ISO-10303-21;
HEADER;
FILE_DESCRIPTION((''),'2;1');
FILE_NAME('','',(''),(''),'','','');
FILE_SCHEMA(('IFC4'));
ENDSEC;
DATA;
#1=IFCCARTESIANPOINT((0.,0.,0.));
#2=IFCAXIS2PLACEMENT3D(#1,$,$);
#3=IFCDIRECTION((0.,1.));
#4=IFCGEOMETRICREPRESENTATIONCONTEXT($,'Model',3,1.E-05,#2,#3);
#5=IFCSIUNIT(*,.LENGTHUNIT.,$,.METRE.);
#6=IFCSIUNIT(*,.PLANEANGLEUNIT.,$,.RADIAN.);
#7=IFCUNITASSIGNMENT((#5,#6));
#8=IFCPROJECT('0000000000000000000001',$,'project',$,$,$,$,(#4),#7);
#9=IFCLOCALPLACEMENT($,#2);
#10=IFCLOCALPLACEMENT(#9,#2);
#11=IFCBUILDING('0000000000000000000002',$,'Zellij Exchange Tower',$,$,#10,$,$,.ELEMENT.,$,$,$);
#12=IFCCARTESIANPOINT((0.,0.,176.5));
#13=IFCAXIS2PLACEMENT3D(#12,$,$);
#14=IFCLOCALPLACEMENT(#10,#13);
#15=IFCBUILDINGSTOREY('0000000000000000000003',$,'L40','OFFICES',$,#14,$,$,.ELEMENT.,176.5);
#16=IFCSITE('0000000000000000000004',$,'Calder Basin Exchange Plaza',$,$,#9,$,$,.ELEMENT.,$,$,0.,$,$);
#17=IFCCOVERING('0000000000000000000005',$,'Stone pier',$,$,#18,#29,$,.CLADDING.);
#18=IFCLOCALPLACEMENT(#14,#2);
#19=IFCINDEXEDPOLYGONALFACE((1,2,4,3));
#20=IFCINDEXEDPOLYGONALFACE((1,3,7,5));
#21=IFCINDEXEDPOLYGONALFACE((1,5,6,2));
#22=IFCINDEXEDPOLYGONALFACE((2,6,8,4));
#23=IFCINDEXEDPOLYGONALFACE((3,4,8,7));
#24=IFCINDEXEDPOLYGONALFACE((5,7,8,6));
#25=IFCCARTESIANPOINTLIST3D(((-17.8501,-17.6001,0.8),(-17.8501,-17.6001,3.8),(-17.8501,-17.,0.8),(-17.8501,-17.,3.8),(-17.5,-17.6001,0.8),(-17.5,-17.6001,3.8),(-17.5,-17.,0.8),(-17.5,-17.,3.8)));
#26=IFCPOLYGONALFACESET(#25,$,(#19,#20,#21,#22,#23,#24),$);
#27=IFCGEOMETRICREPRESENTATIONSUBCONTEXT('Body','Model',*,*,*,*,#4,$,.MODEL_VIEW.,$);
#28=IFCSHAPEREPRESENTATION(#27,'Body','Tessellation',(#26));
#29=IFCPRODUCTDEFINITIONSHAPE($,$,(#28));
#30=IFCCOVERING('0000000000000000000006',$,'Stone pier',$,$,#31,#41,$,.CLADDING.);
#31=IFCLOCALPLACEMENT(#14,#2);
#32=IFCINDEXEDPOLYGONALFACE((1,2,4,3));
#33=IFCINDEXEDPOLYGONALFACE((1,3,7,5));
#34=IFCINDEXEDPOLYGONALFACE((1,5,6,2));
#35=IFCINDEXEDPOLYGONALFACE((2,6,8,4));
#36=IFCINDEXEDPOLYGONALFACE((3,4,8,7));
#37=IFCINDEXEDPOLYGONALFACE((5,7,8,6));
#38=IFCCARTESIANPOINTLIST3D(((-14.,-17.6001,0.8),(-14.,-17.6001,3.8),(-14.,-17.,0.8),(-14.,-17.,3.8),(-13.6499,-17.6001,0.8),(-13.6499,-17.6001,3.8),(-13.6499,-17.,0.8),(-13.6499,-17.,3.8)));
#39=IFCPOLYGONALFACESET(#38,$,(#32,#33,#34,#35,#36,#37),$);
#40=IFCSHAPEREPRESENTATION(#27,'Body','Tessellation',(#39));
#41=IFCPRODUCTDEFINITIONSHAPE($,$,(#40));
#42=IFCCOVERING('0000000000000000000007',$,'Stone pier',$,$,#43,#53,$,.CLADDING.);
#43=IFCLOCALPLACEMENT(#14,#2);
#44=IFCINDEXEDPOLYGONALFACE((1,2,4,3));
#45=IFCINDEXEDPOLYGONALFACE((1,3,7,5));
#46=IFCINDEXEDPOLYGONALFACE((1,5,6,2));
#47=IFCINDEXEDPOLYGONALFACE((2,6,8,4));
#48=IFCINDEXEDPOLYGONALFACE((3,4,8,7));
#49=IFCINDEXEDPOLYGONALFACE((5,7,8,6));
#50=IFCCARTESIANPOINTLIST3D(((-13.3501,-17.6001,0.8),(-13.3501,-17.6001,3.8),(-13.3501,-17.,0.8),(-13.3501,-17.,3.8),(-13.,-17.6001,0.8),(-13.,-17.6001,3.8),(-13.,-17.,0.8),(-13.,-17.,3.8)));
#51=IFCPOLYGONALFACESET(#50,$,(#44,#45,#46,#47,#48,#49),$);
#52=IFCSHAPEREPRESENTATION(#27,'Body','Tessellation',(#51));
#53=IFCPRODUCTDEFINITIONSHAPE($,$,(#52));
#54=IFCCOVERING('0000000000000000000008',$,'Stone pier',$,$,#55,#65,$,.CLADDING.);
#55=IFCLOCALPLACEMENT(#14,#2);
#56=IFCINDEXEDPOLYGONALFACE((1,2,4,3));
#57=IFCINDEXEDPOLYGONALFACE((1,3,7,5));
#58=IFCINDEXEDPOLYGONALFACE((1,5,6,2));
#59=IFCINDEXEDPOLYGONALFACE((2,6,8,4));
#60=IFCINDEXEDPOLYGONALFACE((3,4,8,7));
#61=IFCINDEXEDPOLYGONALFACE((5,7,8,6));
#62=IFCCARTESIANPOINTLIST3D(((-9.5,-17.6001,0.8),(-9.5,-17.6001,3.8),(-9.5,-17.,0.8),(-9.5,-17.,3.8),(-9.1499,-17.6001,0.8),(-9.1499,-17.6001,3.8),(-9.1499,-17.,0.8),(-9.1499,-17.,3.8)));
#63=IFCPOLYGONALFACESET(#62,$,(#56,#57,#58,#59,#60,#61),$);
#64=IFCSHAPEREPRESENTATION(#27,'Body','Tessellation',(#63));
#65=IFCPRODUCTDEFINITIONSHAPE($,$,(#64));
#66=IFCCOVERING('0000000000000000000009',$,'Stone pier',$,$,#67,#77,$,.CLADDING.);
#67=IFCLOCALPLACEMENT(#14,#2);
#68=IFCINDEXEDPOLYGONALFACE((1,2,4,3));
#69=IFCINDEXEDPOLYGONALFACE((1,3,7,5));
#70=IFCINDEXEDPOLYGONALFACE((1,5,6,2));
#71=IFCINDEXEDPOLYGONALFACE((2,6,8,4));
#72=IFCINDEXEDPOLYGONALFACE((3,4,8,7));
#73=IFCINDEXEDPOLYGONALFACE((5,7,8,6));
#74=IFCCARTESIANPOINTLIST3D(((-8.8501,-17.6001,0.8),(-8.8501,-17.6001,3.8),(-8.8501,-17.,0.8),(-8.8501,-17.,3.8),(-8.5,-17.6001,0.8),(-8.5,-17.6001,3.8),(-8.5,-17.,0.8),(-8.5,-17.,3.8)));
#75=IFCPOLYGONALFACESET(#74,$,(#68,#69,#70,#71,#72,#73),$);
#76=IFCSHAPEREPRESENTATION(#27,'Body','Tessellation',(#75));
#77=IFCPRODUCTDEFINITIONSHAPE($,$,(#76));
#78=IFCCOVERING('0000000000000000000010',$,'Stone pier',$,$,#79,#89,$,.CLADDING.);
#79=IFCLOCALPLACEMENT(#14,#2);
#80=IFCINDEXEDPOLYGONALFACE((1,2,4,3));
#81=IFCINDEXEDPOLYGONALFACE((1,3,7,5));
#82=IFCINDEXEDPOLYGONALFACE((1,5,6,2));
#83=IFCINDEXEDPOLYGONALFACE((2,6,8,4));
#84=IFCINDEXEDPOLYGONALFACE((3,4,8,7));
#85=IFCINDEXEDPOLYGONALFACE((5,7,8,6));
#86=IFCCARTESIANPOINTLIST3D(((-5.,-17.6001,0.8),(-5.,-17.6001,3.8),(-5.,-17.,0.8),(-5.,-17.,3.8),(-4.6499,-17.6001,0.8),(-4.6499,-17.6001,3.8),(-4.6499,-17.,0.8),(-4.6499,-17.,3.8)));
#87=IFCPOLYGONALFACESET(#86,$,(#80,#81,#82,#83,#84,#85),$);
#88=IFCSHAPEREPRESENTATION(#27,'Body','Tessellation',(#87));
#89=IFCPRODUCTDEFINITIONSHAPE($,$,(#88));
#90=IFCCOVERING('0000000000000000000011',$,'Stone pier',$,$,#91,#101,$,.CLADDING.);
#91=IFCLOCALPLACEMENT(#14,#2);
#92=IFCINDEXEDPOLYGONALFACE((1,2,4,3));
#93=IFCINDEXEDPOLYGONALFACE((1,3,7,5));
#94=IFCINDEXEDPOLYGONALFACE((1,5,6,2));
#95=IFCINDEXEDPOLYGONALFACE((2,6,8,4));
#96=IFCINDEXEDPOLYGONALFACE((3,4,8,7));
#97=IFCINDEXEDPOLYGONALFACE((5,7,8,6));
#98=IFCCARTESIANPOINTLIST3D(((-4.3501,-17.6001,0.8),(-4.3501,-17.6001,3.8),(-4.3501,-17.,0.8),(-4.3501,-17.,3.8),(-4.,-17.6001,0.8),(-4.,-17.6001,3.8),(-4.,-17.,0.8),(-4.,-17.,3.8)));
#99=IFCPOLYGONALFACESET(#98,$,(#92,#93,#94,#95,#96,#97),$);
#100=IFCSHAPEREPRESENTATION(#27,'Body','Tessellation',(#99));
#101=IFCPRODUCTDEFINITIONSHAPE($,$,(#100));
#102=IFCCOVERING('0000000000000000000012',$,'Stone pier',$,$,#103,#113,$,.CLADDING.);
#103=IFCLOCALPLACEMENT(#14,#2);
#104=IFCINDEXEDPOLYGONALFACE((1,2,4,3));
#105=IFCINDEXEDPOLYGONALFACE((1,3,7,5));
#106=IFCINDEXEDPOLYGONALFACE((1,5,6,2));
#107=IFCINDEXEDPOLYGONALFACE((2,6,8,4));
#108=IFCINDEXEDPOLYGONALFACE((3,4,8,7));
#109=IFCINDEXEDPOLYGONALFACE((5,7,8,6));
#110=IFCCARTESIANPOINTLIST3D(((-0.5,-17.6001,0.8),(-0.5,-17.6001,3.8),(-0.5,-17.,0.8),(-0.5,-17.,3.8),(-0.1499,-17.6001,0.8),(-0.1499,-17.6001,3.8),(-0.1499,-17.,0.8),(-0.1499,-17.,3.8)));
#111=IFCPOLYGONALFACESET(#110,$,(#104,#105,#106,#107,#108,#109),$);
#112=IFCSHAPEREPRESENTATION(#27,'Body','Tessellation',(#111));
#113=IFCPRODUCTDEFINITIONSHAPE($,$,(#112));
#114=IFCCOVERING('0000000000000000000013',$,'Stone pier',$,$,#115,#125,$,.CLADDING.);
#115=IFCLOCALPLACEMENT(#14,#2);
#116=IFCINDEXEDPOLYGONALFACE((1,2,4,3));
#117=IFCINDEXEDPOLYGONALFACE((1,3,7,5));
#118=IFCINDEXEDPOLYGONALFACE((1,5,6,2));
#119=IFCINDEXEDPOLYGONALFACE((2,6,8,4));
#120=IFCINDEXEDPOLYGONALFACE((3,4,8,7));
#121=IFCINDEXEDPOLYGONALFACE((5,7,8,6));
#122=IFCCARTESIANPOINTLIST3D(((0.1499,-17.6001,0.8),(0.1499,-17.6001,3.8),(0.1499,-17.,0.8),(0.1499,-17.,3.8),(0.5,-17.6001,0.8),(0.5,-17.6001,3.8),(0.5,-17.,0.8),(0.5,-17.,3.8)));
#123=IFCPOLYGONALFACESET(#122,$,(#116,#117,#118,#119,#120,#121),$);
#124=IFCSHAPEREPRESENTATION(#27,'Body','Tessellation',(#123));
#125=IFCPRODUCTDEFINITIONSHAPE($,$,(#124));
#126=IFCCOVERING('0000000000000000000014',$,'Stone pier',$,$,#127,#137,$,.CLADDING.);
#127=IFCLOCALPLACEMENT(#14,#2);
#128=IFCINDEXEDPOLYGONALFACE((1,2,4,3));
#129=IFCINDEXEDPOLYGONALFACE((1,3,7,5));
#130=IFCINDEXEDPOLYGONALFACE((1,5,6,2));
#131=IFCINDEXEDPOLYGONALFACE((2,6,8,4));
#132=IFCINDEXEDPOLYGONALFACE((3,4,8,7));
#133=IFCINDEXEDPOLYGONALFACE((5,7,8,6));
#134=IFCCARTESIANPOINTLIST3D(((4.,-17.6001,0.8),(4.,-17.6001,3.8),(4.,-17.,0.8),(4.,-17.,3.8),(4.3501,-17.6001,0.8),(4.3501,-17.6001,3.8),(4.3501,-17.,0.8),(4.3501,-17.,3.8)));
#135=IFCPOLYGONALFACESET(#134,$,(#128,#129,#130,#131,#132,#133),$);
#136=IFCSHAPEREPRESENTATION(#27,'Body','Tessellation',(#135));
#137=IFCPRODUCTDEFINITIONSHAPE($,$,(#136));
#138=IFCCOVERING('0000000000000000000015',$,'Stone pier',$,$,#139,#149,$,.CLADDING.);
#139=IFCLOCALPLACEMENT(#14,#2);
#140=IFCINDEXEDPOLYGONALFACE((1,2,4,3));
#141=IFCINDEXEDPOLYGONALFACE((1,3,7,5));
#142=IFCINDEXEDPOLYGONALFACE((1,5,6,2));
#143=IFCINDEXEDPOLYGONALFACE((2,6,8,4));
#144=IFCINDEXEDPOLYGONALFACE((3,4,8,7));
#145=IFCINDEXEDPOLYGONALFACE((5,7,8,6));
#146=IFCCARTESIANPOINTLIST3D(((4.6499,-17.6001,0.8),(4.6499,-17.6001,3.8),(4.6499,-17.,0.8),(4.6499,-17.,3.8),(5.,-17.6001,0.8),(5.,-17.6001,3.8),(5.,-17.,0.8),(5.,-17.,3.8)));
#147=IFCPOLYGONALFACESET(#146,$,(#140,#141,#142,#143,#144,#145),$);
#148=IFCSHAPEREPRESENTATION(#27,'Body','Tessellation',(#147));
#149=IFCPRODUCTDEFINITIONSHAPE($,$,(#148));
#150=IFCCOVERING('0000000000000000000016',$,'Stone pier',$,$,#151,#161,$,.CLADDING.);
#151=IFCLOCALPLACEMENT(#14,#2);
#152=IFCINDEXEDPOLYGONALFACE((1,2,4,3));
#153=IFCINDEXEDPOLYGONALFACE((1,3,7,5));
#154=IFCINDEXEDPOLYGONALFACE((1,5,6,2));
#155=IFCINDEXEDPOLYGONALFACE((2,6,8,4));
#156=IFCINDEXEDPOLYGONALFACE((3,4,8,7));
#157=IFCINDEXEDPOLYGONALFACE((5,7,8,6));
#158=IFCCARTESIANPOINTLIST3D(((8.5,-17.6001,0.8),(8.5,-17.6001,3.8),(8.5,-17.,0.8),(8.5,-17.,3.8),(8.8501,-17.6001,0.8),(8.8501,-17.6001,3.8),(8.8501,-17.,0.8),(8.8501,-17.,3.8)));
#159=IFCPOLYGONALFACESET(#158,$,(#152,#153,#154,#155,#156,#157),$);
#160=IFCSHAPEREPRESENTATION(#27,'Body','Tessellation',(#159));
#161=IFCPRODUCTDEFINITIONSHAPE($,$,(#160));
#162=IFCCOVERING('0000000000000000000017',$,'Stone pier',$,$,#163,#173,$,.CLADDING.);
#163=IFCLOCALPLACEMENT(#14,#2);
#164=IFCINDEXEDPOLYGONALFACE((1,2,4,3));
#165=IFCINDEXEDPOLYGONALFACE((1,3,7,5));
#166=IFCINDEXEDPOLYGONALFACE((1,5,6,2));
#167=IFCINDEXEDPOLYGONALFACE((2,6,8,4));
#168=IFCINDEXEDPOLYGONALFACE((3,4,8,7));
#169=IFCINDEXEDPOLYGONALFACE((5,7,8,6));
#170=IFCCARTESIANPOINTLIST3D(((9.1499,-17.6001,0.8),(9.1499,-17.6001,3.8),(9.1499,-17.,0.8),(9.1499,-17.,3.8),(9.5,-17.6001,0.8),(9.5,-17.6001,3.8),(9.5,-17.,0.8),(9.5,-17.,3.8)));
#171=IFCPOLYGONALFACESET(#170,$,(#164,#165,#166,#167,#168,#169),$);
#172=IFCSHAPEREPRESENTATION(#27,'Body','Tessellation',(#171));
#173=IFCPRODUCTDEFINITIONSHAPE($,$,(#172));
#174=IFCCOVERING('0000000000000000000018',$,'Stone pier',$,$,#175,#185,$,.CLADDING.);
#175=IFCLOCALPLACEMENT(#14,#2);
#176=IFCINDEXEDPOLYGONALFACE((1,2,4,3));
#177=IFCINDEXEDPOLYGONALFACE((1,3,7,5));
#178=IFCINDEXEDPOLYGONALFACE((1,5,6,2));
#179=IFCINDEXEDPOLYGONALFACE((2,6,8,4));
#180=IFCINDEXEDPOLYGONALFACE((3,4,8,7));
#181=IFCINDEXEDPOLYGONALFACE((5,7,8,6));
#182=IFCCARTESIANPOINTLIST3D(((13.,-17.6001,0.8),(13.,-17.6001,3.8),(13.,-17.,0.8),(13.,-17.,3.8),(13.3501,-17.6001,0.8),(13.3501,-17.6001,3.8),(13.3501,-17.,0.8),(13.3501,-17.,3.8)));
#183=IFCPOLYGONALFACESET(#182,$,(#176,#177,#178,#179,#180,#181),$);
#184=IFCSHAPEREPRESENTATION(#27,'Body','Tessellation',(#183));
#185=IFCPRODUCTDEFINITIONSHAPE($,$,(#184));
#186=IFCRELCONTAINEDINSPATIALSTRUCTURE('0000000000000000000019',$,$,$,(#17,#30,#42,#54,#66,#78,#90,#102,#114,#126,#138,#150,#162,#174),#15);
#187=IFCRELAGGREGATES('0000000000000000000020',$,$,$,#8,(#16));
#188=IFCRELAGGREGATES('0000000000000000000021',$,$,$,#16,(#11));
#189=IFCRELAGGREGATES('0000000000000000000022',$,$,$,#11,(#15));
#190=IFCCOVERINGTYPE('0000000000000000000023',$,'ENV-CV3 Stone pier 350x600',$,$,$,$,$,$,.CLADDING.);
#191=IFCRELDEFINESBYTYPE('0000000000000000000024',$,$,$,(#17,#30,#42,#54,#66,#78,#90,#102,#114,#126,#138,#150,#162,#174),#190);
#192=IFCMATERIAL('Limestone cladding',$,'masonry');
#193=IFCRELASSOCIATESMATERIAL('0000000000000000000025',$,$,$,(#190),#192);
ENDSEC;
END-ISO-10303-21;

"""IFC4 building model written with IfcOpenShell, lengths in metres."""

from ifc_helpers import new_model, si_unit, direction, frame, origin, place, context, subcontext, project, spatial, polyline, outline, extrude, material, type_object, element, save


model = new_model("IFC4")

# Units and contexts
model_context = context("Model", 3, precision=1e-05, world=origin(), true_north=direction((0.0, 1.0)))
body_context = subcontext(model_context, "Body", "Model", "MODEL_VIEW")
ifc_project = project(units=[si_unit("LENGTHUNIT", "METRE"), si_unit("PLANEANGLEUNIT", "RADIAN")], contexts=[model_context])

# Site, building, storey
site_placement = place(None, origin())
site = spatial("IfcSite", under=ifc_project, at=site_placement, Name="Calder Basin Exchange Plaza", CompositionType="ELEMENT", RefElevation=0.0)
building_placement = place(site_placement, origin())
building = spatial("IfcBuilding", under=site, at=building_placement, Name="Zellij Exchange Tower", CompositionType="ELEMENT")
storey_placement = place(building_placement, frame((0.0, 0.0, 176.5)))
storey = spatial("IfcBuildingStorey", under=building, at=storey_placement, Name="L40", Description="OFFICES", CompositionType="ELEMENT", Elevation=176.5)

# Coverings
ifc_material_1 = material(Name="Limestone cladding", Category="masonry")
covering_type = type_object("IfcCoveringType", Name="ENV-CV3 Stone pier 350x600", PredefinedType="CLADDING", material=ifc_material_1)
covering_1_placement = place(storey_placement, frame((0.0, 0.0, 0.8)))
element("IfcCovering", 1, at=covering_1_placement, inside=storey, type_object=covering_type, Name="Stone pier", PredefinedType="CLADDING", context=body_context, shape_type="SweptSolid", body=[
    extrude(outline(polyline([(-17.8501, -17.0), (-17.5, -17.0), (-17.5, -17.6001), (-17.8501, -17.6001), (-17.8501, -17.0)])), origin(), (0.0, 0.0, 1.0), 3.0),
])
covering_2_placement = place(storey_placement, frame((0.0, 0.0, 0.8)))
element("IfcCovering", 2, at=covering_2_placement, inside=storey, type_object=covering_type, Name="Stone pier", PredefinedType="CLADDING", context=body_context, shape_type="SweptSolid", body=[
    extrude(outline(polyline([(-14.0, -17.0), (-13.6499, -17.0), (-13.6499, -17.6001), (-14.0, -17.6001), (-14.0, -17.0)])), origin(), (0.0, 0.0, 1.0), 3.0),
])
covering_3_placement = place(storey_placement, frame((0.0, 0.0, 0.8)))
element("IfcCovering", 3, at=covering_3_placement, inside=storey, type_object=covering_type, Name="Stone pier", PredefinedType="CLADDING", context=body_context, shape_type="SweptSolid", body=[
    extrude(outline(polyline([(-13.3501, -17.0), (-13.0, -17.0), (-13.0, -17.6001), (-13.3501, -17.6001), (-13.3501, -17.0)])), origin(), (0.0, 0.0, 1.0), 3.0),
])
covering_4_placement = place(storey_placement, frame((0.0, 0.0, 0.8)))
element("IfcCovering", 4, at=covering_4_placement, inside=storey, type_object=covering_type, Name="Stone pier", PredefinedType="CLADDING", context=body_context, shape_type="SweptSolid", body=[
    extrude(outline(polyline([(-9.5, -17.0), (-9.1499, -17.0), (-9.1499, -17.6001), (-9.5, -17.6001), (-9.5, -17.0)])), origin(), (0.0, 0.0, 1.0), 3.0),
])
covering_5_placement = place(storey_placement, frame((0.0, 0.0, 0.8)))
element("IfcCovering", 5, at=covering_5_placement, inside=storey, type_object=covering_type, Name="Stone pier", PredefinedType="CLADDING", context=body_context, shape_type="SweptSolid", body=[
    extrude(outline(polyline([(-8.8501, -17.0), (-8.5, -17.0), (-8.5, -17.6001), (-8.8501, -17.6001), (-8.8501, -17.0)])), origin(), (0.0, 0.0, 1.0), 3.0),
])
covering_6_placement = place(storey_placement, frame((0.0, 0.0, 0.8)))
element("IfcCovering", 6, at=covering_6_placement, inside=storey, type_object=covering_type, Name="Stone pier", PredefinedType="CLADDING", context=body_context, shape_type="SweptSolid", body=[
    extrude(outline(polyline([(-5.0, -17.0), (-4.6499, -17.0), (-4.6499, -17.6001), (-5.0, -17.6001), (-5.0, -17.0)])), origin(), (0.0, 0.0, 1.0), 3.0),
])
covering_7_placement = place(storey_placement, frame((0.0, 0.0, 0.8)))
element("IfcCovering", 7, at=covering_7_placement, inside=storey, type_object=covering_type, Name="Stone pier", PredefinedType="CLADDING", context=body_context, shape_type="SweptSolid", body=[
    extrude(outline(polyline([(-4.3501, -17.0), (-4.0, -17.0), (-4.0, -17.6001), (-4.3501, -17.6001), (-4.3501, -17.0)])), origin(), (0.0, 0.0, 1.0), 3.0),
])
covering_8_placement = place(storey_placement, frame((0.0, 0.0, 0.8)))
element("IfcCovering", 8, at=covering_8_placement, inside=storey, type_object=covering_type, Name="Stone pier", PredefinedType="CLADDING", context=body_context, shape_type="SweptSolid", body=[
    extrude(outline(polyline([(-0.5, -17.0), (-0.1499, -17.0), (-0.1499, -17.6001), (-0.5, -17.6001), (-0.5, -17.0)])), origin(), (0.0, 0.0, 1.0), 3.0),
])
covering_9_placement = place(storey_placement, frame((0.0, 0.0, 0.8)))
element("IfcCovering", 9, at=covering_9_placement, inside=storey, type_object=covering_type, Name="Stone pier", PredefinedType="CLADDING", context=body_context, shape_type="SweptSolid", body=[
    extrude(outline(polyline([(0.1499, -17.0), (0.5, -17.0), (0.5, -17.6001), (0.1499, -17.6001), (0.1499, -17.0)])), origin(), (0.0, 0.0, 1.0), 3.0),
])
covering_10_placement = place(storey_placement, frame((0.0, 0.0, 0.8)))
element("IfcCovering", 10, at=covering_10_placement, inside=storey, type_object=covering_type, Name="Stone pier", PredefinedType="CLADDING", context=body_context, shape_type="SweptSolid", body=[
    extrude(outline(polyline([(4.0, -17.0), (4.3501, -17.0), (4.3501, -17.6001), (4.0, -17.6001), (4.0, -17.0)])), origin(), (0.0, 0.0, 1.0), 3.0),
])
covering_11_placement = place(storey_placement, frame((0.0, 0.0, 0.8)))
element("IfcCovering", 11, at=covering_11_placement, inside=storey, type_object=covering_type, Name="Stone pier", PredefinedType="CLADDING", context=body_context, shape_type="SweptSolid", body=[
    extrude(outline(polyline([(4.6499, -17.0), (5.0, -17.0), (5.0, -17.6001), (4.6499, -17.6001), (4.6499, -17.0)])), origin(), (0.0, 0.0, 1.0), 3.0),
])
covering_12_placement = place(storey_placement, frame((0.0, 0.0, 0.8)))
element("IfcCovering", 12, at=covering_12_placement, inside=storey, type_object=covering_type, Name="Stone pier", PredefinedType="CLADDING", context=body_context, shape_type="SweptSolid", body=[
    extrude(outline(polyline([(8.5, -17.0), (8.8501, -17.0), (8.8501, -17.6001), (8.5, -17.6001), (8.5, -17.0)])), origin(), (0.0, 0.0, 1.0), 3.0),
])
covering_13_placement = place(storey_placement, frame((0.0, 0.0, 0.8)))
element("IfcCovering", 13, at=covering_13_placement, inside=storey, type_object=covering_type, Name="Stone pier", PredefinedType="CLADDING", context=body_context, shape_type="SweptSolid", body=[
    extrude(outline(polyline([(9.1499, -17.0), (9.5, -17.0), (9.5, -17.6001), (9.1499, -17.6001), (9.1499, -17.0)])), origin(), (0.0, 0.0, 1.0), 3.0),
])
covering_14_placement = place(storey_placement, frame((0.0, 0.0, 0.8)))
element("IfcCovering", 14, at=covering_14_placement, inside=storey, type_object=covering_type, Name="Stone pier", PredefinedType="CLADDING", context=body_context, shape_type="SweptSolid", body=[
    extrude(outline(polyline([(13.0, -17.0), (13.3501, -17.0), (13.3501, -17.6001), (13.0, -17.6001), (13.0, -17.0)])), origin(), (0.0, 0.0, 1.0), 3.0),
])

save(model, "model.ifc")
